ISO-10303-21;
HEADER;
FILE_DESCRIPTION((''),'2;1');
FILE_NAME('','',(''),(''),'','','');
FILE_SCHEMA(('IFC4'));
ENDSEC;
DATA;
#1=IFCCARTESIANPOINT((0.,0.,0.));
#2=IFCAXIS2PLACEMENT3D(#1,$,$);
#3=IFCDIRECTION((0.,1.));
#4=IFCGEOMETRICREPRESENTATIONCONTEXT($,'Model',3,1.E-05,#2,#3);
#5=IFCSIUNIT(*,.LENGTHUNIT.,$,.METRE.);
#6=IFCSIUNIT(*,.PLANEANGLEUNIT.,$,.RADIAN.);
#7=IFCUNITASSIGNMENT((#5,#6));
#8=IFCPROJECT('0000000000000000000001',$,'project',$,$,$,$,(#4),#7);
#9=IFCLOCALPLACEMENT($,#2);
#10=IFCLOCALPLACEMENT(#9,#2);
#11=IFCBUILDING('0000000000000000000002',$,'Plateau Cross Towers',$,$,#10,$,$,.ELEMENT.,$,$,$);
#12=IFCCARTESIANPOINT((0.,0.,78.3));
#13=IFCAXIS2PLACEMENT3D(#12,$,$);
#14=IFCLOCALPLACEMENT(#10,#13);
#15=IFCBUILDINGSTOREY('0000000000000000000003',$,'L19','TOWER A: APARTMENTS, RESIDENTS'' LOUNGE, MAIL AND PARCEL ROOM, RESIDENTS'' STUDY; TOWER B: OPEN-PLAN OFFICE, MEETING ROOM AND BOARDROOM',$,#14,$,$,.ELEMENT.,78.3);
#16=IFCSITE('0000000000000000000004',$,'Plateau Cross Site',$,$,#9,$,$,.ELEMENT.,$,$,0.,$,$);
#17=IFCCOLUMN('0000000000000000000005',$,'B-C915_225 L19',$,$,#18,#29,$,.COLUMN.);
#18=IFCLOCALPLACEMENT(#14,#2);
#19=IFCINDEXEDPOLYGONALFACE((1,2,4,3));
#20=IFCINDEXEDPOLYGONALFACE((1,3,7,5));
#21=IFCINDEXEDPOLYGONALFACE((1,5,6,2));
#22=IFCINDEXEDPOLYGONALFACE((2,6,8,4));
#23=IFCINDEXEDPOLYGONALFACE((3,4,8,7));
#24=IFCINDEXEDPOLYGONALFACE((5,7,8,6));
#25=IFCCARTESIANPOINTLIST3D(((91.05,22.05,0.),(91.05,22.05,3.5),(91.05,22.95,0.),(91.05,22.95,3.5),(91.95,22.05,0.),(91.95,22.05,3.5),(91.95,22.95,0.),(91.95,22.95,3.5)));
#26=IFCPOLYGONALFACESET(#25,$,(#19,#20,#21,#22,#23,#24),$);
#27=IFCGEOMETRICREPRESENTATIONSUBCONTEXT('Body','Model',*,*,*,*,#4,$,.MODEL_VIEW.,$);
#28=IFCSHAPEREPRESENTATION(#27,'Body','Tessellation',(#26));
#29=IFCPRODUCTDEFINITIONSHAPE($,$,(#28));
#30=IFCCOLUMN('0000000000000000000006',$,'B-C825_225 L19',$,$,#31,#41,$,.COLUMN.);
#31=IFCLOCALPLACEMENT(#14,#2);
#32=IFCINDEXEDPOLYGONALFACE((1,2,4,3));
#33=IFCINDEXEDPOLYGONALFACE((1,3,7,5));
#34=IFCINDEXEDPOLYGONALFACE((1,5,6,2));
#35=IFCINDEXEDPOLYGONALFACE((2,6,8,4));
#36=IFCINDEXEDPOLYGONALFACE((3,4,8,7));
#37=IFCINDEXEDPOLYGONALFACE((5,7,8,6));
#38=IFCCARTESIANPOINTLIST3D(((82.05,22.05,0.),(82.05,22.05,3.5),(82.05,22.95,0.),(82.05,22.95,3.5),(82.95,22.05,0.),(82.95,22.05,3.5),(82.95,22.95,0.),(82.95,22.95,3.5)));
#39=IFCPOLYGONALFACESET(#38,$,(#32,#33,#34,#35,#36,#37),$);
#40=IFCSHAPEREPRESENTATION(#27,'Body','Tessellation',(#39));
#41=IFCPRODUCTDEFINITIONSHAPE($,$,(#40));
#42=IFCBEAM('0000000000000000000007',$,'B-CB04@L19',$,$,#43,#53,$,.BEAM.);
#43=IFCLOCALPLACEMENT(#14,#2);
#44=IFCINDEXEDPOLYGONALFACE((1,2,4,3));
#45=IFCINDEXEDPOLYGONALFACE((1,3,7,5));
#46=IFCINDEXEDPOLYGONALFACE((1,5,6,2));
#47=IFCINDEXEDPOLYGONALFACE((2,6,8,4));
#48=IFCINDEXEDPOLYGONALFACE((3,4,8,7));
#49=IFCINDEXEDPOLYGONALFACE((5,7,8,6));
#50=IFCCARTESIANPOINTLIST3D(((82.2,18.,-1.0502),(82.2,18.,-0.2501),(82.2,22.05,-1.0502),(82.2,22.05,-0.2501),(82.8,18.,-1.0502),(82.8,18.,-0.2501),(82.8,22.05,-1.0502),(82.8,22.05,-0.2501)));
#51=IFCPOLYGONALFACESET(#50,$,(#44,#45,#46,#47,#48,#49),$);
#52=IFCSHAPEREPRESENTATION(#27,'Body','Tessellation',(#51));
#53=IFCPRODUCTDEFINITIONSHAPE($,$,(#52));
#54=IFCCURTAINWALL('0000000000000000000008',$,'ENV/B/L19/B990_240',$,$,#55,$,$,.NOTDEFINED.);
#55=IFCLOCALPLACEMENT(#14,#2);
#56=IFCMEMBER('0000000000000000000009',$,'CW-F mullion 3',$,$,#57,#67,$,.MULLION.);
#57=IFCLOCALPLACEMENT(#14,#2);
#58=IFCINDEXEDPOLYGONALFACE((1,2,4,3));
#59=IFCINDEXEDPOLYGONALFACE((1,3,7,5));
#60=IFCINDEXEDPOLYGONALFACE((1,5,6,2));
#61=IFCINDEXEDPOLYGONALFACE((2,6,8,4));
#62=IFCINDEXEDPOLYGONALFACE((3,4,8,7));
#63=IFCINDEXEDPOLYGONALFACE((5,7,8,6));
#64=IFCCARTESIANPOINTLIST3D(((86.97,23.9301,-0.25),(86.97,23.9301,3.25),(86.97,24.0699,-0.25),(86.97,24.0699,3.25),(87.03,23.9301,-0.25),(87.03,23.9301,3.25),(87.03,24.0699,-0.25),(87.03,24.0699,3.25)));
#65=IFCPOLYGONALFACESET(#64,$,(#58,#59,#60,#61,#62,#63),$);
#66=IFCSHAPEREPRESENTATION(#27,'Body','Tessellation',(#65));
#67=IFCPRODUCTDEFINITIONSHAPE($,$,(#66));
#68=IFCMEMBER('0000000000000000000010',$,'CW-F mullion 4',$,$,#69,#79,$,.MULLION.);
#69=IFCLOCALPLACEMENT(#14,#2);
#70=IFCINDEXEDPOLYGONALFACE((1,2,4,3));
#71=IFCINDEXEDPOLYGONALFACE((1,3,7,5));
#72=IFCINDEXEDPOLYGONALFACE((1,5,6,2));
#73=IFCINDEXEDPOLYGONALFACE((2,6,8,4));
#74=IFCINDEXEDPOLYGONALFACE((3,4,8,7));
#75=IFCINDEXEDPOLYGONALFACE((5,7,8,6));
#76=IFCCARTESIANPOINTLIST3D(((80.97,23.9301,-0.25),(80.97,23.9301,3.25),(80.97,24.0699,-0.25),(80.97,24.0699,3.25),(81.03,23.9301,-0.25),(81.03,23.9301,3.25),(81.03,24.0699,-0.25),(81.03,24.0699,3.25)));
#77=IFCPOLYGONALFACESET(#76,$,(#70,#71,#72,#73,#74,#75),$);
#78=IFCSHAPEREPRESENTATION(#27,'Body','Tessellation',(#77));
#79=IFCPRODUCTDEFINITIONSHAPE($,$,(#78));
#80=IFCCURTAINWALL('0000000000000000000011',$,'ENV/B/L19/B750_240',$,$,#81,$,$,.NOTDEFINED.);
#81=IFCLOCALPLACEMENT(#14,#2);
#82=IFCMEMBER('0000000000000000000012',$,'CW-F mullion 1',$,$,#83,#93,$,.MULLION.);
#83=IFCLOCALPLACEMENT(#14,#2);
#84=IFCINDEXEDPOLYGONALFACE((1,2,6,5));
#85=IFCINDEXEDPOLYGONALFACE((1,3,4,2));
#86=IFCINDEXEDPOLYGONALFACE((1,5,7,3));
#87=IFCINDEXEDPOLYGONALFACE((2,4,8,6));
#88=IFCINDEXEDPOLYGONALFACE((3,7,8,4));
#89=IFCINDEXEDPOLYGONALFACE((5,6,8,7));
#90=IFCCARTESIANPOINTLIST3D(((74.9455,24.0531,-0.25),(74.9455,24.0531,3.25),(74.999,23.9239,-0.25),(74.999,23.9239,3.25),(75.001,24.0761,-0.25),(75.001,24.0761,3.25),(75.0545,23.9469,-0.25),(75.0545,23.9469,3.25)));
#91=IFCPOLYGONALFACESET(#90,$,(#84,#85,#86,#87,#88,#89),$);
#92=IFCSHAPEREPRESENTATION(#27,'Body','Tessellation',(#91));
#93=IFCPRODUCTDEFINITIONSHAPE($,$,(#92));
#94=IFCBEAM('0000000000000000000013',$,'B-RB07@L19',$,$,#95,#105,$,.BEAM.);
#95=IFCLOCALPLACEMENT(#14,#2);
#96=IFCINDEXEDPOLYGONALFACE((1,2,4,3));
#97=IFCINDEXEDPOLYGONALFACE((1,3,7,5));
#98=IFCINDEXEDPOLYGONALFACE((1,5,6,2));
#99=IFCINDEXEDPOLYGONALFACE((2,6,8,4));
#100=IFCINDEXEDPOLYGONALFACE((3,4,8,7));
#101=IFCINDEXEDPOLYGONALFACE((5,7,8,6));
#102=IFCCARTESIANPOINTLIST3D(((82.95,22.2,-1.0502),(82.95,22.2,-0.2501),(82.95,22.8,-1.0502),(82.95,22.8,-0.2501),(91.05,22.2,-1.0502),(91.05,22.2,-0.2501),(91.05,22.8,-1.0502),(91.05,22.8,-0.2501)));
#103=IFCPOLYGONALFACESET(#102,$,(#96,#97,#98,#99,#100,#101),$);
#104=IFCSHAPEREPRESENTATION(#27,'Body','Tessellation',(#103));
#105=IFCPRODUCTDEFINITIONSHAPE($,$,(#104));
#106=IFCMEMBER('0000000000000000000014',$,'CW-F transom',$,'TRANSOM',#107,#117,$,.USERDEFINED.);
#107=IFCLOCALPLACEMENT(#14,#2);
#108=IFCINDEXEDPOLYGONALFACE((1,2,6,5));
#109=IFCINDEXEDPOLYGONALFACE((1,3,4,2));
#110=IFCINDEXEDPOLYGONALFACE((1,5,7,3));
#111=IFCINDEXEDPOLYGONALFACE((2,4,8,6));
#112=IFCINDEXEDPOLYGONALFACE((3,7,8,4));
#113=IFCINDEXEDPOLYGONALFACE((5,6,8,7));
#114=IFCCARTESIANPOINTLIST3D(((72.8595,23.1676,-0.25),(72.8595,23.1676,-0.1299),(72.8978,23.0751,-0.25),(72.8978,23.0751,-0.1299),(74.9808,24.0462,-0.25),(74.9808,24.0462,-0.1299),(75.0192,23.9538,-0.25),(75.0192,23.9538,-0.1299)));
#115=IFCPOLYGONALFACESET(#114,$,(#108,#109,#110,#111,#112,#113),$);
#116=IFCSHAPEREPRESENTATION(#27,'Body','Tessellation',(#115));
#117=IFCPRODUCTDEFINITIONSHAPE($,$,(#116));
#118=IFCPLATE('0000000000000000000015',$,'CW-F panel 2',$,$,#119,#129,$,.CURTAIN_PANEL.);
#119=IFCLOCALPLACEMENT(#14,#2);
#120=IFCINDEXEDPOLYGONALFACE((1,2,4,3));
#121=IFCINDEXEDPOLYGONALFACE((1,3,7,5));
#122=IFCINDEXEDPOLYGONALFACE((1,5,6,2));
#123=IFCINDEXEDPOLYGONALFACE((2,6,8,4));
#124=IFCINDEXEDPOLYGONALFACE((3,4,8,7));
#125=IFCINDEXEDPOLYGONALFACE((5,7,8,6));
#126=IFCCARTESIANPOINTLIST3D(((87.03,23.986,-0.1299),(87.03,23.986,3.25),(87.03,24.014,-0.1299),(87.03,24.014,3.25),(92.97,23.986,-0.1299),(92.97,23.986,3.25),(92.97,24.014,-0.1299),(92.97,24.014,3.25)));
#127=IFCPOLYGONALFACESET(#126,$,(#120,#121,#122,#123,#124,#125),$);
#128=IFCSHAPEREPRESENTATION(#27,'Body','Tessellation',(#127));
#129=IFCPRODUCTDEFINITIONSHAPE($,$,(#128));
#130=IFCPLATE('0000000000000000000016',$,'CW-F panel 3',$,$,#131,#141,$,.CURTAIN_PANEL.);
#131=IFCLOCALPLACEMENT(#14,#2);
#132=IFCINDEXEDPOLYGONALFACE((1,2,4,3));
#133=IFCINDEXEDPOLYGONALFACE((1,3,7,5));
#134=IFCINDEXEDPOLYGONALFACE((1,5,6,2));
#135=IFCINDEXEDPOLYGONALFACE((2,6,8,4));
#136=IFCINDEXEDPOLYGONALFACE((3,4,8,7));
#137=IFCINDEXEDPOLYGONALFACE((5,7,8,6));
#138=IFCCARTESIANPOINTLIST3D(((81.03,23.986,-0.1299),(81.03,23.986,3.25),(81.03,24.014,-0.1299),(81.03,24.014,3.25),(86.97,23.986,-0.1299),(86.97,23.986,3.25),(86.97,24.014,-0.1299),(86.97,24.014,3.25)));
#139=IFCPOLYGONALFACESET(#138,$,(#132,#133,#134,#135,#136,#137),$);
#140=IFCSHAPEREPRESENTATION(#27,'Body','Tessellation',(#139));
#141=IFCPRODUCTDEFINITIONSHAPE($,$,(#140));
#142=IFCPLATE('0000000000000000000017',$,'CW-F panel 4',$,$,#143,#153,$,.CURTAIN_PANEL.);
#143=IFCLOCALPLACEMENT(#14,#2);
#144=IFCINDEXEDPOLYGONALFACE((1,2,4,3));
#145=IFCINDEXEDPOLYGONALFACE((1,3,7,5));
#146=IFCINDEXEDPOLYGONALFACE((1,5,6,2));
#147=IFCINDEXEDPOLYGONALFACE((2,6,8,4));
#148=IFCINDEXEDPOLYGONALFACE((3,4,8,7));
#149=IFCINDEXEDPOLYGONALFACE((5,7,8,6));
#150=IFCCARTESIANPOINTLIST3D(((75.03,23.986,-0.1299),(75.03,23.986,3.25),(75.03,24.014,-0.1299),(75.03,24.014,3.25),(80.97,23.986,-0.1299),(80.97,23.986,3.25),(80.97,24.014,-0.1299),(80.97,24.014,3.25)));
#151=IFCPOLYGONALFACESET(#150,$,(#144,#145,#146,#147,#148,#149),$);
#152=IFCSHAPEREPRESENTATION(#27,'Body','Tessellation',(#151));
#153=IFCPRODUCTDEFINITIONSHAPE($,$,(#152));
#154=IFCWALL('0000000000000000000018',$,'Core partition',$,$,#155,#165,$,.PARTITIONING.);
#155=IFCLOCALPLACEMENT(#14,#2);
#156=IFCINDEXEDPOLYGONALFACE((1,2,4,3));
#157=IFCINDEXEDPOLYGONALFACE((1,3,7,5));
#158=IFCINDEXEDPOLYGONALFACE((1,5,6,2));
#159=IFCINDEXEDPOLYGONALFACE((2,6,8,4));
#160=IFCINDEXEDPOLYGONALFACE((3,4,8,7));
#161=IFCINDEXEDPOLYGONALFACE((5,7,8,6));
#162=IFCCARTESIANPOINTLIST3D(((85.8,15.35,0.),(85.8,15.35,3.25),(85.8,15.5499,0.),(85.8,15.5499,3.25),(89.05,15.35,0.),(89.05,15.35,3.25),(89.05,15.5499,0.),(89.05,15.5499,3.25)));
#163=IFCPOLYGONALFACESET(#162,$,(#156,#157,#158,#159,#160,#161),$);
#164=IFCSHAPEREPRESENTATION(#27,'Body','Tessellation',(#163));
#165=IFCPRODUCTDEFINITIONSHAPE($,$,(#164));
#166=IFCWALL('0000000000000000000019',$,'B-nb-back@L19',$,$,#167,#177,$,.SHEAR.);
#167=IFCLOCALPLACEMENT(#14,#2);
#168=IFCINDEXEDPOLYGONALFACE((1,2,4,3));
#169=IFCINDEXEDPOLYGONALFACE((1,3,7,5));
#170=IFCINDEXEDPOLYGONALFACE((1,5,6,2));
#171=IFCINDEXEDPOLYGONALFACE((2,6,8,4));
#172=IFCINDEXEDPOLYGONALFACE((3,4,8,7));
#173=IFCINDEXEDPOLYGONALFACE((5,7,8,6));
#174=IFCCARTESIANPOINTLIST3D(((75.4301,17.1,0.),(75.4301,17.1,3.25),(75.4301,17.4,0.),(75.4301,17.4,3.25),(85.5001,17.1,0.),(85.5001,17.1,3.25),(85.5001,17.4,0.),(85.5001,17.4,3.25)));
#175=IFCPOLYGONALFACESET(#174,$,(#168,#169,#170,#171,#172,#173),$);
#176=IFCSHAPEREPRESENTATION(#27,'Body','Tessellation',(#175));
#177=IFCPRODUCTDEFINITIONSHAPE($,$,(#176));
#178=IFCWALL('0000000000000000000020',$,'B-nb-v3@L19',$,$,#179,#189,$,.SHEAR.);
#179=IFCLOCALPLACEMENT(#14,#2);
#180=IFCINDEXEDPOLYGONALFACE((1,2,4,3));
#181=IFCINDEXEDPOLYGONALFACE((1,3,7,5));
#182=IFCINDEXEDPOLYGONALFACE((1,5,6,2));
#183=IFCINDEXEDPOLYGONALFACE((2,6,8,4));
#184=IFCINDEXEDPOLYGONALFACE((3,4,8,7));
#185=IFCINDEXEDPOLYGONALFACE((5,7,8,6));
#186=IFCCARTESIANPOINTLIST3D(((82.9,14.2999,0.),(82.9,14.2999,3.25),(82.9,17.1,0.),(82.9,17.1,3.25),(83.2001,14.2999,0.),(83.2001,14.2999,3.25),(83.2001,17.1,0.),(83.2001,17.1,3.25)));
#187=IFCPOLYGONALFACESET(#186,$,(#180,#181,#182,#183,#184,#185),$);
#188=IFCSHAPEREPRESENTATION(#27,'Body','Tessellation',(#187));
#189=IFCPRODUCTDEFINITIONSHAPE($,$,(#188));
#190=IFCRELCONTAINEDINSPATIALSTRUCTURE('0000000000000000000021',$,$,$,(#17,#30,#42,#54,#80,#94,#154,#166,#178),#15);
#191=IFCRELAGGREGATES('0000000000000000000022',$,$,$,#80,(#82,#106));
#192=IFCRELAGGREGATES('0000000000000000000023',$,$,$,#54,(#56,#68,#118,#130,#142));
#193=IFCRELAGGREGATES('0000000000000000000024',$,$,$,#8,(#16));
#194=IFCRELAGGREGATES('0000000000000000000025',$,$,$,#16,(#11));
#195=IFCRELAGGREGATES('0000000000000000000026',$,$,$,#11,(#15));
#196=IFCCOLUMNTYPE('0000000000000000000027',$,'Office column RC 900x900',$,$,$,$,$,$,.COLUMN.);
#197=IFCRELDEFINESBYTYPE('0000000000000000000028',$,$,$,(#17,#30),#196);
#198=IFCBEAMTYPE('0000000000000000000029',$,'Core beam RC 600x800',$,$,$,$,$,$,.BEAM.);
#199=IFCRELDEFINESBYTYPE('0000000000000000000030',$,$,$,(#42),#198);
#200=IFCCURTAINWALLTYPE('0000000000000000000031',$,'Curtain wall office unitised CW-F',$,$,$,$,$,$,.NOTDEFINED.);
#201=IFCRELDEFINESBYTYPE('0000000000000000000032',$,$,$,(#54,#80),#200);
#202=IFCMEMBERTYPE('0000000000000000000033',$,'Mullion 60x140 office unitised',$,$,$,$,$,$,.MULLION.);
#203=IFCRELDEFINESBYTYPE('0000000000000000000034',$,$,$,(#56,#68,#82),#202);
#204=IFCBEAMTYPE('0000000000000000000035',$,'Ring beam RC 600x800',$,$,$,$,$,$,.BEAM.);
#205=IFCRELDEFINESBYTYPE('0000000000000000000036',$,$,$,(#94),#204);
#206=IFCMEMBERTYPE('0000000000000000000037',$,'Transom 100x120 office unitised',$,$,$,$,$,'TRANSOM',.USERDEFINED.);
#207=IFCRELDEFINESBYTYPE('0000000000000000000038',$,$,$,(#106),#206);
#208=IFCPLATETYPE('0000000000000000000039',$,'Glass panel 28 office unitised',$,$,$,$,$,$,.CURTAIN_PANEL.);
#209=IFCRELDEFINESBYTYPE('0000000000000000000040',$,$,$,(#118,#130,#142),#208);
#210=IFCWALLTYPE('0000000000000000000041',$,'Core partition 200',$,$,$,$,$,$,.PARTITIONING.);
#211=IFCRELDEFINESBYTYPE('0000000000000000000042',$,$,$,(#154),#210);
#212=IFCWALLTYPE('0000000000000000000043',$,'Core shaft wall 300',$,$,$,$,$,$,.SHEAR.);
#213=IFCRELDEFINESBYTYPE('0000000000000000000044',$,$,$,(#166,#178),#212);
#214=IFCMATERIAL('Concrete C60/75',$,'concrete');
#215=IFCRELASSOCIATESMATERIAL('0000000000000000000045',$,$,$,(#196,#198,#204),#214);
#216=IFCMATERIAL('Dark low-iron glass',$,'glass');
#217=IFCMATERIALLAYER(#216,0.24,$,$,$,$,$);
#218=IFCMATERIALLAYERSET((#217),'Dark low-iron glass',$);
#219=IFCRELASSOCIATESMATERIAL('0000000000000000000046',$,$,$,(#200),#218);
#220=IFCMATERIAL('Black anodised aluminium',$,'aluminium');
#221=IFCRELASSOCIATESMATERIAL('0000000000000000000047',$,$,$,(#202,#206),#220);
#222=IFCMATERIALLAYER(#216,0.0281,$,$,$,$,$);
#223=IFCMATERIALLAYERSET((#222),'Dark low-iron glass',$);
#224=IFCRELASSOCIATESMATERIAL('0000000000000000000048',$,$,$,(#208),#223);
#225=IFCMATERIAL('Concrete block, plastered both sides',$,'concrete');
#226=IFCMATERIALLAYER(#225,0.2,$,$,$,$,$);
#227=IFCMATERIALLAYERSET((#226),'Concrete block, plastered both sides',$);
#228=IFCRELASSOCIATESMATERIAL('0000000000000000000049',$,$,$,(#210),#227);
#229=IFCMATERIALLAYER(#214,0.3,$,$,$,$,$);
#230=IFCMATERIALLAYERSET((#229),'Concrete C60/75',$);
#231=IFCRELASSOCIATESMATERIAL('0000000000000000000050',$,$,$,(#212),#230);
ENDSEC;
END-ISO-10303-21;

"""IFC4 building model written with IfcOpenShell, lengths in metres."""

from ifc_helpers import new_model, si_unit, direction, frame, frame_2d, origin, origin_2d, place, context, subcontext, project, spatial, rectangle, extrude, material, layer, layer_set, material_profile, profile_set, type_object, element, aggregate, save


model = new_model("IFC4")

# Units and contexts
model_context = context("Model", 3, precision=1e-05, world=origin(), true_north=direction((0.0, 1.0)))
body_context = subcontext(model_context, "Body", "Model", "MODEL_VIEW")
ifc_project = project(units=[si_unit("LENGTHUNIT", "METRE"), si_unit("PLANEANGLEUNIT", "RADIAN")], contexts=[model_context])

# Site, building, storey
site_placement = place(None, origin())
site = spatial("IfcSite", under=ifc_project, at=site_placement, Name="Plateau Cross Site", CompositionType="ELEMENT", RefElevation=0.0)
building_placement = place(site_placement, origin())
building = spatial("IfcBuilding", under=site, at=building_placement, Name="Plateau Cross Towers", CompositionType="ELEMENT")
storey_placement = place(building_placement, frame((0.0, 0.0, 78.3)))
storey = spatial("IfcBuildingStorey", under=building, at=storey_placement, Name="L19", Description="TOWER A: APARTMENTS, RESIDENTS' LOUNGE, MAIL AND PARCEL ROOM, RESIDENTS' STUDY; TOWER B: OPEN-PLAN OFFICE, MEETING ROOM AND BOARDROOM", CompositionType="ELEMENT", Elevation=78.3)

# Columns
ifc_material_1 = material(Name="Concrete C60/75", Category="concrete")
ifc_material_profile_1 = material_profile(ifc_material_1, rectangle(XDim=0.8999, YDim=0.8999, at=origin_2d()), Name="RC 900x900")
ifc_profile_set_1 = profile_set([ifc_material_profile_1], Name="Concrete C60/75")
column_type = type_object("IfcColumnType", Name="Office column RC 900x900", PredefinedType="COLUMN", material=ifc_profile_set_1)
for number, where, z_axis, x_axis, name in (
    (1, (91.5, 22.5, 0.0), (0.0, 0.0, 1.0), (1.0, 0.0, 0.0), "B-C915_225 L19"),
    (2, (82.5, 22.5, 0.0), (0.0, 0.0, 1.0), (1.0, 0.0, 0.0), "B-C825_225 L19"),
):
    element("IfcColumn", number, at=place(storey_placement, frame(where, z_axis=z_axis, x_axis=x_axis)), inside=storey, type_object=column_type, Name=name, PredefinedType="COLUMN", context=body_context, shape_type="SweptSolid", body=[
        extrude(rectangle(XDim=0.8999, YDim=0.8999, at=origin_2d()), origin(), (0.0, 0.0, 1.0), 3.5),
    ])

# Beam
ifc_material_profile_2 = material_profile(ifc_material_1, rectangle(XDim=0.6001, YDim=0.8, at=origin_2d()), Name="RC 600x800")
ifc_profile_set_2 = profile_set([ifc_material_profile_2], Name="Concrete C60/75")
beam_type_1 = type_object("IfcBeamType", Name="Core beam RC 600x800", PredefinedType="BEAM", material=ifc_profile_set_2)
beam_1_placement = place(storey_placement, frame((82.5, 18.0, -0.6501), z_axis=(0.0, 1.0, 0.0), x_axis=(-1.0, 0.0, 0.0)))
element("IfcBeam", 3, at=beam_1_placement, inside=storey, type_object=beam_type_1, Name="B-CB04@L19", PredefinedType="BEAM", context=body_context, shape_type="SweptSolid", body=[
    extrude(rectangle(XDim=0.6001, YDim=0.8, at=origin_2d()), origin(), (0.0, 0.0, 1.0), 4.05),
])

# Curtain wall, members
ifc_material_2 = material(Name="Dark low-iron glass", Category="glass")
ifc_layer_1 = layer(ifc_material_2, 0.24)
ifc_layer_set_1 = layer_set([ifc_layer_1], Name="Dark low-iron glass")
curtain_wall_type = type_object("IfcCurtainWallType", Name="Curtain wall office unitised CW-F", PredefinedType="NOTDEFINED", material=ifc_layer_set_1)
curtain_wall_1_placement = place(storey_placement, origin())
curtain_wall_1 = element("IfcCurtainWall", 4, at=curtain_wall_1_placement, inside=storey, type_object=curtain_wall_type, Name="ENV/B/L19/B990_240", PredefinedType="NOTDEFINED")
ifc_material_3 = material(Name="Black anodised aluminium", Category="aluminium")
ifc_material_profile_3 = material_profile(ifc_material_3, rectangle(XDim=0.0601, YDim=0.1399, at=origin_2d()), Name="MULLION 60x140")
ifc_profile_set_3 = profile_set([ifc_material_profile_3], Name="Black anodised aluminium")
member_type_1 = type_object("IfcMemberType", Name="Mullion 60x140 office unitised", PredefinedType="MULLION", material=ifc_profile_set_3)
member_1_placement = place(storey_placement, frame((87.0, 24.0, -0.25), z_axis=(0.0, 0.0, 1.0), x_axis=(-1.0, 0.0, 0.0)))
member_1 = element("IfcMember", 5, at=member_1_placement, type_object=member_type_1, Name="CW-F mullion 3", PredefinedType="MULLION", context=body_context, shape_type="SweptSolid", body=[
    extrude(rectangle(XDim=0.0601, YDim=0.1399, at=origin_2d()), origin(), (0.0, 0.0, 1.0), 3.5),
])
member_2_placement = place(storey_placement, frame((81.0, 24.0, -0.25), z_axis=(0.0, 0.0, 1.0), x_axis=(-1.0, 0.0, 0.0)))
member_2 = element("IfcMember", 6, at=member_2_placement, type_object=member_type_1, Name="CW-F mullion 4", PredefinedType="MULLION", context=body_context, shape_type="SweptSolid", body=[
    extrude(rectangle(XDim=0.0601, YDim=0.1399, at=origin_2d()), origin(), (0.0, 0.0, 1.0), 3.5),
])

# Curtain wall, member
curtain_wall_2_placement = place(storey_placement, origin())
curtain_wall_2 = element("IfcCurtainWall", 7, at=curtain_wall_2_placement, inside=storey, type_object=curtain_wall_type, Name="ENV/B/L19/B750_240", PredefinedType="NOTDEFINED")
member_3_placement = place(storey_placement, frame((75.0, 24.0, -0.25), z_axis=(0.0, 0.0, 1.0), x_axis=(-0.923879, -0.382684, 0.0)))
member_3 = element("IfcMember", 8, at=member_3_placement, type_object=member_type_1, Name="CW-F mullion 1", PredefinedType="MULLION", context=body_context, shape_type="SweptSolid", body=[
    extrude(rectangle(XDim=0.0601, YDim=0.1399, at=origin_2d()), origin(), (0.0, 0.0, 1.0), 3.5),
])

# Beam
ifc_material_profile_4 = material_profile(ifc_material_1, rectangle(XDim=0.6001, YDim=0.8, at=origin_2d()), Name="RC 600x800")
ifc_profile_set_4 = profile_set([ifc_material_profile_4], Name="Concrete C60/75")
beam_type_2 = type_object("IfcBeamType", Name="Ring beam RC 600x800", PredefinedType="BEAM", material=ifc_profile_set_4)
beam_2_placement = place(storey_placement, frame((91.05, 22.5, -0.6501), z_axis=(-1.0, 0.0, 0.0), x_axis=(0.0, -1.0, 0.0)))
element("IfcBeam", 9, at=beam_2_placement, inside=storey, type_object=beam_type_2, Name="B-RB07@L19", PredefinedType="BEAM", context=body_context, shape_type="SweptSolid", body=[
    extrude(rectangle(XDim=0.6001, YDim=0.8, at=origin_2d()), origin(), (0.0, 0.0, 1.0), 8.1001),
])

# Member
ifc_material_profile_5 = material_profile(ifc_material_3, rectangle(XDim=0.1001, YDim=0.1201, at=origin_2d()), Name="TRANSOM 100x120")
ifc_profile_set_5 = profile_set([ifc_material_profile_5], Name="Black anodised aluminium")
member_type_2 = type_object("IfcMemberType", Name="Transom 100x120 office unitised", ElementType="TRANSOM", PredefinedType="USERDEFINED", material=ifc_profile_set_5)
member_4_placement = place(storey_placement, frame((75.0, 24.0, -0.1899), z_axis=(-0.923883, -0.382674, 0.0), x_axis=(0.382674, -0.923883, 0.0)))
member_4 = element("IfcMember", 10, at=member_4_placement, type_object=member_type_2, Name="CW-F transom", ObjectType="TRANSOM", PredefinedType="USERDEFINED", context=body_context, shape_type="SweptSolid", body=[
    extrude(rectangle(XDim=0.1001, YDim=0.1201, at=origin_2d()), origin(), (0.0, 0.0, 1.0), 2.2961),
])
aggregate(curtain_wall_2, [member_3, member_4])

# Plates
ifc_layer_2 = layer(ifc_material_2, 0.0281)
ifc_layer_set_2 = layer_set([ifc_layer_2], Name="Dark low-iron glass")
plate_type = type_object("IfcPlateType", Name="Glass panel 28 office unitised", PredefinedType="CURTAIN_PANEL", material=ifc_layer_set_2)
plate_1_placement = place(storey_placement, frame((90.0, 24.0, -0.1299), z_axis=(0.0, 0.0, 1.0), x_axis=(-1.0, 0.0, 0.0)))
plate_1 = element("IfcPlate", 11, at=plate_1_placement, type_object=plate_type, Name="CW-F panel 2", PredefinedType="CURTAIN_PANEL", context=body_context, shape_type="SweptSolid", body=[
    extrude(rectangle(XDim=5.9399, YDim=0.0281, at=origin_2d()), origin(), (0.0, 0.0, 1.0), 3.3799),
])
plate_2_placement = place(storey_placement, frame((84.0, 24.0, -0.1299), z_axis=(0.0, 0.0, 1.0), x_axis=(-1.0, 0.0, 0.0)))
plate_2 = element("IfcPlate", 12, at=plate_2_placement, type_object=plate_type, Name="CW-F panel 3", PredefinedType="CURTAIN_PANEL", context=body_context, shape_type="SweptSolid", body=[
    extrude(rectangle(XDim=5.9399, YDim=0.0281, at=origin_2d()), origin(), (0.0, 0.0, 1.0), 3.3799),
])
plate_3_placement = place(storey_placement, frame((78.0, 24.0, -0.1299), z_axis=(0.0, 0.0, 1.0), x_axis=(-1.0, 0.0, 0.0)))
plate_3 = element("IfcPlate", 13, at=plate_3_placement, type_object=plate_type, Name="CW-F panel 4", PredefinedType="CURTAIN_PANEL", context=body_context, shape_type="SweptSolid", body=[
    extrude(rectangle(XDim=5.9399, YDim=0.0281, at=origin_2d()), origin(), (0.0, 0.0, 1.0), 3.3799),
])
aggregate(curtain_wall_1, [member_1, member_2, plate_1, plate_2, plate_3])

# Walls
ifc_material_4 = material(Name="Concrete block, plastered both sides", Category="concrete")
ifc_layer_3 = layer(ifc_material_4, 0.2)
ifc_layer_set_3 = layer_set([ifc_layer_3], Name="Concrete block, plastered both sides")
wall_type_1 = type_object("IfcWallType", Name="Core partition 200", PredefinedType="PARTITIONING", material=ifc_layer_set_3)
wall_1_placement = place(storey_placement, frame((85.8, 15.45, 0.0), z_axis=(0.0, 0.0, 1.0), x_axis=(1.0, 0.0, 0.0)))
element("IfcWall", 14, at=wall_1_placement, inside=storey, type_object=wall_type_1, Name="Core partition", PredefinedType="PARTITIONING", context=body_context, shape_type="SweptSolid", body=[
    extrude(rectangle(XDim=3.25, YDim=0.2, at=frame_2d((1.625, 0.0))), origin(), (0.0, 0.0, 1.0), 3.25),
])
ifc_layer_4 = layer(ifc_material_1, 0.3)
ifc_layer_set_4 = layer_set([ifc_layer_4], Name="Concrete C60/75")
wall_type_2 = type_object("IfcWallType", Name="Core shaft wall 300", PredefinedType="SHEAR", material=ifc_layer_set_4)
wall_2_placement = place(storey_placement, frame((75.4299, 17.25, 0.0), z_axis=(0.0, 0.0, 1.0), x_axis=(1.0, 0.0, 0.0)))
element("IfcWall", 15, at=wall_2_placement, inside=storey, type_object=wall_type_2, Name="B-nb-back@L19", PredefinedType="SHEAR", context=body_context, shape_type="SweptSolid", body=[
    extrude(rectangle(XDim=10.0701, YDim=0.3, at=frame_2d((5.0352, 0.0))), origin(), (0.0, 0.0, 1.0), 3.25),
])
for number, where, z_axis, x_axis, name in (
    (16, (83.05, 14.3, 0.0), (0.0, 0.0, 1.0), (0.0, 1.0, 0.0), "B-nb-v3@L19"),
):
    element("IfcWall", number, at=place(storey_placement, frame(where, z_axis=z_axis, x_axis=x_axis)), inside=storey, type_object=wall_type_2, Name=name, PredefinedType="SHEAR", context=body_context, shape_type="SweptSolid", body=[
        extrude(rectangle(XDim=2.8, YDim=0.3, at=frame_2d((1.3999, 0.0))), origin(), (0.0, 0.0, 1.0), 3.25),
    ])

save(model, "model.ifc")
